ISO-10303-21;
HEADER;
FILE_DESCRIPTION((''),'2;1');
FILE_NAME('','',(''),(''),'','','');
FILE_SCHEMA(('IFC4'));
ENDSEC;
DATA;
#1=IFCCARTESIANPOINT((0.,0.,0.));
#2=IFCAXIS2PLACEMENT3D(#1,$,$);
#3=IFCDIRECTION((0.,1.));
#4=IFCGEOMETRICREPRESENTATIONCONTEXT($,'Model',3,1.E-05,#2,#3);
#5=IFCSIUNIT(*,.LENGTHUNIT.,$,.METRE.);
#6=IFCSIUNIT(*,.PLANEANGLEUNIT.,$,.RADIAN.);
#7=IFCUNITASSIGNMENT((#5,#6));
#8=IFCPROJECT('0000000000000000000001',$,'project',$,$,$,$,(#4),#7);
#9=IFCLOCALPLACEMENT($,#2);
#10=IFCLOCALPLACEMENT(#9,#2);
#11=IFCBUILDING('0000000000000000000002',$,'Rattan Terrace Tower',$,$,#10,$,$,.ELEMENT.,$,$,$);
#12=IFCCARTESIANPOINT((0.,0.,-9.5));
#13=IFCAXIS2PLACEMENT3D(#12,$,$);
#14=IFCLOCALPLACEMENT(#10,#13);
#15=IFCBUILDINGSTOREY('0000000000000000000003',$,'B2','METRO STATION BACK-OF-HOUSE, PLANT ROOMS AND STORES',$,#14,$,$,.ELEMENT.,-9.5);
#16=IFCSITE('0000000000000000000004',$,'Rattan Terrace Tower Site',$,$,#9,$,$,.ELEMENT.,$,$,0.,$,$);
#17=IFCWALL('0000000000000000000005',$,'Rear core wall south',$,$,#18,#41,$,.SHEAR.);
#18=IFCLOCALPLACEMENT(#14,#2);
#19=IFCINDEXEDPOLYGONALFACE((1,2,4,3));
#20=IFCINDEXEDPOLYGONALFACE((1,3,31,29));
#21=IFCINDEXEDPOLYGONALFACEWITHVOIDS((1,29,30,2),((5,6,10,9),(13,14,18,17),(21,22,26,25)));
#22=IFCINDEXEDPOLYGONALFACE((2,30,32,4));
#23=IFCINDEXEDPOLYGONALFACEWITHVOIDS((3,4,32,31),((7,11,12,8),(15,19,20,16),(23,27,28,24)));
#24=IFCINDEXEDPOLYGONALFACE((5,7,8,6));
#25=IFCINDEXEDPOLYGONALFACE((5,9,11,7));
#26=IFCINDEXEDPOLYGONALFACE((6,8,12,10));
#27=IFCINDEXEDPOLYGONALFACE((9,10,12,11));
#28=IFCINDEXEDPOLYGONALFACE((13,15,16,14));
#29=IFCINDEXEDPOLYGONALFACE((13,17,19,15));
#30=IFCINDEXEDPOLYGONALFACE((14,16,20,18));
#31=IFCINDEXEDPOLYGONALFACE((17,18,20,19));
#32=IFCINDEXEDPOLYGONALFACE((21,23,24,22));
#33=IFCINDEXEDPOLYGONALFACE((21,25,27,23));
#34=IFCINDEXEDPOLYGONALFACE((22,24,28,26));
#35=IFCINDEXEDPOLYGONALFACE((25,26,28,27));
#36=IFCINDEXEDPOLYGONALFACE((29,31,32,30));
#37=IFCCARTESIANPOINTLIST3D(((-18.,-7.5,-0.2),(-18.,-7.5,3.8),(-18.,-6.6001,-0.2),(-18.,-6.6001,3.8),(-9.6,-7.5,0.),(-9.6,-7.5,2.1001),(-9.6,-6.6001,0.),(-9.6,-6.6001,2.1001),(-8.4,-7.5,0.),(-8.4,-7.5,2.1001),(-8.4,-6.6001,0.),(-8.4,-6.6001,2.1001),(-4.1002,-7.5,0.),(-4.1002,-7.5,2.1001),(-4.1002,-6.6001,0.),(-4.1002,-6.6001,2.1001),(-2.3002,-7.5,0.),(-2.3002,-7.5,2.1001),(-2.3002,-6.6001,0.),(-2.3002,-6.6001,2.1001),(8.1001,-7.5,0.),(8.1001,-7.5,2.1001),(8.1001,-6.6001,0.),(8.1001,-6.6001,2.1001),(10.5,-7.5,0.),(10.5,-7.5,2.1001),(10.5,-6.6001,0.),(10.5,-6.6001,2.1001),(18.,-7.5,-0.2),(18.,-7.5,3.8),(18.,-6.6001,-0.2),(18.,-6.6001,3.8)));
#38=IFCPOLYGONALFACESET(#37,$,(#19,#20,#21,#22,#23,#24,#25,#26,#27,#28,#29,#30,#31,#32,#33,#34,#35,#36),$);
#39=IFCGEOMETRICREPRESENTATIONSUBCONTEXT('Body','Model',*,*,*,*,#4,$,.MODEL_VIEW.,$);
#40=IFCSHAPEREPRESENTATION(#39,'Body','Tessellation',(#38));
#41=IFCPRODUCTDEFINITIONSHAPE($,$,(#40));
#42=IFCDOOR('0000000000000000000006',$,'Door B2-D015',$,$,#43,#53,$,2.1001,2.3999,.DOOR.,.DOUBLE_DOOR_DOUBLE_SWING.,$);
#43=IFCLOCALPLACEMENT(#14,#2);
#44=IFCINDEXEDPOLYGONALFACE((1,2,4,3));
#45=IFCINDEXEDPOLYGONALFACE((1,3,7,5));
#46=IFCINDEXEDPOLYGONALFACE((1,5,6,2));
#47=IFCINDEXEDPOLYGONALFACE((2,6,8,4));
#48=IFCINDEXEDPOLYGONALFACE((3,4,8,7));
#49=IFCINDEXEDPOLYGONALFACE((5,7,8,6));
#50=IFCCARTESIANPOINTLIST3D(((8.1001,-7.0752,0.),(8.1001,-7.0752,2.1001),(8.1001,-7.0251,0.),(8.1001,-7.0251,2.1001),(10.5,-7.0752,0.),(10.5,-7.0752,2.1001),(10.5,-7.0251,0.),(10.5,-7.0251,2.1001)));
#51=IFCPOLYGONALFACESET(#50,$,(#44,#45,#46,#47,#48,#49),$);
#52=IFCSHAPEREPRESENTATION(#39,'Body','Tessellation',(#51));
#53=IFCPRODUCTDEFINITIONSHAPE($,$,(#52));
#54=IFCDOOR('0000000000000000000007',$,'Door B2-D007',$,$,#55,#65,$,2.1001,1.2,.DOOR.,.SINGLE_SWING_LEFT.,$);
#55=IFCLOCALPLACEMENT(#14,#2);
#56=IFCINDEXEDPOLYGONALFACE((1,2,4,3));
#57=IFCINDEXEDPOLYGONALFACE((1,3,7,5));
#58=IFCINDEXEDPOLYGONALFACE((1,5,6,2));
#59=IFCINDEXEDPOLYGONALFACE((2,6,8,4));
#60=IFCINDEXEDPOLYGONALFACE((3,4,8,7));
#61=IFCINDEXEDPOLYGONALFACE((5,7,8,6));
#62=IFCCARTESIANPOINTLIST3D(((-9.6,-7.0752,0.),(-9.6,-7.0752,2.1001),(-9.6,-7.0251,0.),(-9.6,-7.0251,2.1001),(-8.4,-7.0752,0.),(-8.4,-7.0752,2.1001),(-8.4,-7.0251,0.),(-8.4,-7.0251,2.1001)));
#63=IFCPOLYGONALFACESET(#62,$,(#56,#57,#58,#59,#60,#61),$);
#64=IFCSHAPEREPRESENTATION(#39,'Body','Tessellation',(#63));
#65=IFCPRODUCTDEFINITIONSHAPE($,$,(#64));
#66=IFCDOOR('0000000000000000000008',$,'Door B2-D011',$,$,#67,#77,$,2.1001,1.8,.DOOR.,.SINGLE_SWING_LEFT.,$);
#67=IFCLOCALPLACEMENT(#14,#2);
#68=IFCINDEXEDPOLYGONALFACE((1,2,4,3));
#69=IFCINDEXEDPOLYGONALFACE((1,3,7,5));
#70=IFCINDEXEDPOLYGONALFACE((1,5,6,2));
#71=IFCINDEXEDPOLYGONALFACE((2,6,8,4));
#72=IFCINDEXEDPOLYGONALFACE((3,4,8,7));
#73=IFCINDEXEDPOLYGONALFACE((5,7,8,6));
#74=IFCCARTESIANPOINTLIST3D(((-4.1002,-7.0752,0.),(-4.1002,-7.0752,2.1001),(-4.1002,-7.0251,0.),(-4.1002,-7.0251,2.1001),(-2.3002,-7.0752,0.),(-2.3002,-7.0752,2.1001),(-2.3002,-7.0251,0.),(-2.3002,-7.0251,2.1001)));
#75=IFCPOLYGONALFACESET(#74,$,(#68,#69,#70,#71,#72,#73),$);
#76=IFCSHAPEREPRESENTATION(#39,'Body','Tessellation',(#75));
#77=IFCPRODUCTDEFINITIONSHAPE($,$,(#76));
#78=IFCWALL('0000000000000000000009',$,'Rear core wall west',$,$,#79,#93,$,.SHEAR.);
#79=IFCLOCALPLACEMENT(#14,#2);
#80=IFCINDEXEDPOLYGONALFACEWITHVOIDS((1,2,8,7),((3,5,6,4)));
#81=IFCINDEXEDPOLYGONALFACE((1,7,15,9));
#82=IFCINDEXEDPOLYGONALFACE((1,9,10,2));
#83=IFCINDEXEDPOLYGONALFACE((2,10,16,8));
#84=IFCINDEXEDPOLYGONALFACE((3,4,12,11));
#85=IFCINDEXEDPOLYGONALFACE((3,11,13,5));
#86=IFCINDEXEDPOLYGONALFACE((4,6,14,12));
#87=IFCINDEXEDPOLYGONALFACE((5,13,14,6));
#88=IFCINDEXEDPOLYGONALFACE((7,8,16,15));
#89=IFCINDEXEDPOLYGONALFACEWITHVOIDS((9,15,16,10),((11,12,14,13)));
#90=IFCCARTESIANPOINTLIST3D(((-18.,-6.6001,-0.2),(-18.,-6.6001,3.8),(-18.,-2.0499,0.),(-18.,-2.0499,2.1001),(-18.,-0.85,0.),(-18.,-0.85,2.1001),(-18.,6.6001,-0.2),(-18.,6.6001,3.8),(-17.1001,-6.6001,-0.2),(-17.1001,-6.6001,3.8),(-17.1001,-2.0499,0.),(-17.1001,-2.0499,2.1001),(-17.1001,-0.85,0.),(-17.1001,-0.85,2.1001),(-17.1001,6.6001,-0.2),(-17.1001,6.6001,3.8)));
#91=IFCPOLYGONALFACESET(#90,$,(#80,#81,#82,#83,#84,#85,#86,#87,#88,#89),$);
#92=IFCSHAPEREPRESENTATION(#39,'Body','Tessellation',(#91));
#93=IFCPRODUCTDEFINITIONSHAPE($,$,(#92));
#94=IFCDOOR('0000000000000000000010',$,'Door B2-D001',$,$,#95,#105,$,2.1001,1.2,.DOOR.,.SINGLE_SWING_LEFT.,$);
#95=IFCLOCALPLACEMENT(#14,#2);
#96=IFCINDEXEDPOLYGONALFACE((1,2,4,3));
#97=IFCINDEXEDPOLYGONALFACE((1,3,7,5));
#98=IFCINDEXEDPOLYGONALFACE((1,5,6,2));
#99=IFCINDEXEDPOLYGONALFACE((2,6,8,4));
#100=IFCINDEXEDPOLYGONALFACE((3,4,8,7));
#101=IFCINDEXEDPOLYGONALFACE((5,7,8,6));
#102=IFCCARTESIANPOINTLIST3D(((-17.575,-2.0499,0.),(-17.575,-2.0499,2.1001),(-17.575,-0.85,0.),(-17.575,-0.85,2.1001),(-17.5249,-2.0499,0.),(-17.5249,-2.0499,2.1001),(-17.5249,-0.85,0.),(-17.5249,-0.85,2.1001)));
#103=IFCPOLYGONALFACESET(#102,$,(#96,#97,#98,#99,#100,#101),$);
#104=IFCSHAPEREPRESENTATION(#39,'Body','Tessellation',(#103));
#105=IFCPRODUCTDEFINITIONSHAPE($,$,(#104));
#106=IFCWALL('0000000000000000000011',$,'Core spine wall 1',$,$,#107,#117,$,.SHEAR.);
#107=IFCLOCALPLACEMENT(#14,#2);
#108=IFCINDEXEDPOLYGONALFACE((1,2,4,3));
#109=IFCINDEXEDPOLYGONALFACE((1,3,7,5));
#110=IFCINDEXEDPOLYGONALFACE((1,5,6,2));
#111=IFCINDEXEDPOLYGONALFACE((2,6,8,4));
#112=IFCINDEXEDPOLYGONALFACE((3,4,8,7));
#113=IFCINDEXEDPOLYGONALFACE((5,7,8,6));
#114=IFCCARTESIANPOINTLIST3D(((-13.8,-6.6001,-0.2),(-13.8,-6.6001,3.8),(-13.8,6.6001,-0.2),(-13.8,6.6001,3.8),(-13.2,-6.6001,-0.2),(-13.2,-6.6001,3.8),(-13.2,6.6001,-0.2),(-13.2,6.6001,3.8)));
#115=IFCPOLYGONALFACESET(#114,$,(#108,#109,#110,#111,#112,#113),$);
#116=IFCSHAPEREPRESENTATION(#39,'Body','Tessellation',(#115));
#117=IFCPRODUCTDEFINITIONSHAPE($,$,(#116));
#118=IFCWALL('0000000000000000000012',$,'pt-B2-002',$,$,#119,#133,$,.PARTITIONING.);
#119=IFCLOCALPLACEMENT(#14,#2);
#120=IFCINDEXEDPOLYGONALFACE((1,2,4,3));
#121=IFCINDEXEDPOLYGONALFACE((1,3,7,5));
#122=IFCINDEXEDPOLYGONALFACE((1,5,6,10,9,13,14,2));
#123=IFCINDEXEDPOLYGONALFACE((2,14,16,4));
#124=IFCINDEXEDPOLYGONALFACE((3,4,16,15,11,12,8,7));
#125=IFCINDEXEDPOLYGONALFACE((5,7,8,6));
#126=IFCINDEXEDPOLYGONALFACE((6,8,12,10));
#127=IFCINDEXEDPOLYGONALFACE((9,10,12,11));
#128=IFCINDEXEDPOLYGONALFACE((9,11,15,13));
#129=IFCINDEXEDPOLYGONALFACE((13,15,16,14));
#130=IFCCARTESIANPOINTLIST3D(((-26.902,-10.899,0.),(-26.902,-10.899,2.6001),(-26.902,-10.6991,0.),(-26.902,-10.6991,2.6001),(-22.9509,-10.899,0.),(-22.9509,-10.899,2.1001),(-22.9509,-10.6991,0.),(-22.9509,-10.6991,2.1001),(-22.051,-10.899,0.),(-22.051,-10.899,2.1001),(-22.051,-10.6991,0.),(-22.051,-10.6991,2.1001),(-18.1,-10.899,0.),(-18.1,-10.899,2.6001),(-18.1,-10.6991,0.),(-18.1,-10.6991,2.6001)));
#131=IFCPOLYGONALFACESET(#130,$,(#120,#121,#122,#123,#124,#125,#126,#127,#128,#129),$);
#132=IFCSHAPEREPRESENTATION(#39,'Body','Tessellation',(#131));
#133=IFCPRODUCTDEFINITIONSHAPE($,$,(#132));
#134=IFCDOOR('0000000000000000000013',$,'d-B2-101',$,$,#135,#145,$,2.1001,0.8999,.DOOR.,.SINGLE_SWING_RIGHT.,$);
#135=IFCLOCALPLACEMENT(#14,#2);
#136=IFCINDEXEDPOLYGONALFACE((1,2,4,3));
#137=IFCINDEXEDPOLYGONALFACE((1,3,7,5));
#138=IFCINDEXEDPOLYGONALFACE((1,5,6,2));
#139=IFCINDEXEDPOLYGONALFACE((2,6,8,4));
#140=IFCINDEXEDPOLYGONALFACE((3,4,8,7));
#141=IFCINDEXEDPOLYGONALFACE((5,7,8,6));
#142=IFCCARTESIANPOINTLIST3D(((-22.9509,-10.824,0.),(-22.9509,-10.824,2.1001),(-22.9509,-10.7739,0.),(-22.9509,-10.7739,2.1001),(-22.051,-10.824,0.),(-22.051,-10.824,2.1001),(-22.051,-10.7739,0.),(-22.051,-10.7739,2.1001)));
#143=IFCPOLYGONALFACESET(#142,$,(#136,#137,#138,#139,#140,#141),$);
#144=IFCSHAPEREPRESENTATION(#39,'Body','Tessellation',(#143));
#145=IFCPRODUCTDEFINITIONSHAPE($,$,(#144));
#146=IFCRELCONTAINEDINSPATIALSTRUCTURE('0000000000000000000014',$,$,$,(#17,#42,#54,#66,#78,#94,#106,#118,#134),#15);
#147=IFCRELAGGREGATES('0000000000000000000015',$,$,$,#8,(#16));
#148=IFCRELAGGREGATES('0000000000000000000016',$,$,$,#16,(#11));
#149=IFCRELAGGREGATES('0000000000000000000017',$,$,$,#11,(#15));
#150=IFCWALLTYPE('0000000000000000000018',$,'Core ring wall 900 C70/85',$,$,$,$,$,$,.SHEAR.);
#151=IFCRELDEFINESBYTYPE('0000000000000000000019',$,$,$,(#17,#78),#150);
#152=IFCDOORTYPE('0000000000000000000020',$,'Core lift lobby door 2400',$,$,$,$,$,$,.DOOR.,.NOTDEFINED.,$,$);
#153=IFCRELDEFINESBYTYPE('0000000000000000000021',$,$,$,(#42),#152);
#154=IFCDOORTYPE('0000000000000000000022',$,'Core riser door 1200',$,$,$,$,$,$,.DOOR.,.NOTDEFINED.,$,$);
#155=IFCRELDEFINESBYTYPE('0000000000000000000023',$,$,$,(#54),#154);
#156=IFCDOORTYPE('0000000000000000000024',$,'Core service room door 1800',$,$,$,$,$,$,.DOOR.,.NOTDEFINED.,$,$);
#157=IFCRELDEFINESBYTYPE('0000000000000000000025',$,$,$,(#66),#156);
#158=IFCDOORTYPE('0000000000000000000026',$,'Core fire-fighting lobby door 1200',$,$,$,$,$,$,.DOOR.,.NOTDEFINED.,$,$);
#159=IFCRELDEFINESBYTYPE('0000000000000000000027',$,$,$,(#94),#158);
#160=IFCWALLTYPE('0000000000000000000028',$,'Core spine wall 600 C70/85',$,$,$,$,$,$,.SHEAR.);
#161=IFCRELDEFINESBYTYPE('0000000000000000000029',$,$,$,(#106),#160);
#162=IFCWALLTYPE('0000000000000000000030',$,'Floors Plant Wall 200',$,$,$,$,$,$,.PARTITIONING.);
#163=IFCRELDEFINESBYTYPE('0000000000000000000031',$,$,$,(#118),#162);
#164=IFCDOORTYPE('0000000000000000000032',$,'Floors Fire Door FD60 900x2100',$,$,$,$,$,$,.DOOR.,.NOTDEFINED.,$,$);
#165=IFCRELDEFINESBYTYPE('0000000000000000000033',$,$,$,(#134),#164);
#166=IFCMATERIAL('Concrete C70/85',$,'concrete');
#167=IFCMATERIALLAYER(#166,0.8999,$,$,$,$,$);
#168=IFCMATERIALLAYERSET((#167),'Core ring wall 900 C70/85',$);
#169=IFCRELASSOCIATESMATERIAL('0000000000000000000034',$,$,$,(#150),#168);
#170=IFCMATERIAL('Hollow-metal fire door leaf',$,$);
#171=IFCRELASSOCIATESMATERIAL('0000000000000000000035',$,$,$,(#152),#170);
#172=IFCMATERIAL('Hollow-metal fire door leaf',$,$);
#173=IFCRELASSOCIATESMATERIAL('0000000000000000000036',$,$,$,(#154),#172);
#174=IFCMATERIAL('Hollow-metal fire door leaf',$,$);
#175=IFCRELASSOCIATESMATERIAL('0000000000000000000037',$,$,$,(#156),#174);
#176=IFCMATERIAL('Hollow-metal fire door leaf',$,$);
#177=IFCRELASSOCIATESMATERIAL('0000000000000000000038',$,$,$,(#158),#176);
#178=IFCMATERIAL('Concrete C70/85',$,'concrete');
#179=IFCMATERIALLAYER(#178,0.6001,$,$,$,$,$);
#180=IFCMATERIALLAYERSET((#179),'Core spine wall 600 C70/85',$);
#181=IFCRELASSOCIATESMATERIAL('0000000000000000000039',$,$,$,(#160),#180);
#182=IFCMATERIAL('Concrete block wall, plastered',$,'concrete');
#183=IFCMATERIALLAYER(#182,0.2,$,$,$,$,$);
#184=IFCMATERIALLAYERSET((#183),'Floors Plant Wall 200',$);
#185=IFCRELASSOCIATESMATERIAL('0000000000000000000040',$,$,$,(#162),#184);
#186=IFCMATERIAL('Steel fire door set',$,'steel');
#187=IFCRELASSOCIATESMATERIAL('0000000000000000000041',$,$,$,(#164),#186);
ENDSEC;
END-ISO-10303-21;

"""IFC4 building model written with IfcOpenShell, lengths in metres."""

from ifc_helpers import new_model, si_unit, direction, frame, frame_2d, origin, place, context, subcontext, project, spatial, rectangle, extrude, material, layer, layer_set, type_object, element, fill, save


model = new_model("IFC4")

# Units and contexts
model_context = context("Model", 3, precision=1e-05, world=origin(), true_north=direction((0.0, 1.0)))
body_context = subcontext(model_context, "Body", "Model", "MODEL_VIEW")
ifc_project = project(units=[si_unit("LENGTHUNIT", "METRE"), si_unit("PLANEANGLEUNIT", "RADIAN")], contexts=[model_context])

# Site, building, storey
site_placement = place(None, origin())
site = spatial("IfcSite", under=ifc_project, at=site_placement, Name="Rattan Terrace Tower Site", CompositionType="ELEMENT", RefElevation=0.0)
building_placement = place(site_placement, origin())
building = spatial("IfcBuilding", under=site, at=building_placement, Name="Rattan Terrace Tower", CompositionType="ELEMENT")
storey_placement = place(building_placement, frame((0.0, 0.0, -9.5)))
storey = spatial("IfcBuildingStorey", under=building, at=storey_placement, Name="B2", Description="METRO STATION BACK-OF-HOUSE, PLANT ROOMS AND STORES", CompositionType="ELEMENT", Elevation=-9.5)

# Wall, openings, doors
ifc_material_1 = material(Name="Concrete C70/85", Category="concrete")
ifc_layer_1 = layer(ifc_material_1, 0.8999)
ifc_layer_set_1 = layer_set([ifc_layer_1], Name="Core ring wall 900 C70/85")
wall_type_1 = type_object("IfcWallType", Name="Core ring wall 900 C70/85", PredefinedType="SHEAR", material=ifc_layer_set_1)
wall_1_placement = place(storey_placement, frame((-18.0, -7.05, -0.2), z_axis=(0.0, 0.0, 1.0), x_axis=(1.0, 0.0, 0.0)))
wall_1 = element("IfcWall", 1, at=wall_1_placement, inside=storey, type_object=wall_type_1, Name="Rear core wall south", PredefinedType="SHEAR", context=body_context, shape_type="SweptSolid", body=[
    extrude(rectangle(XDim=36.0, YDim=0.8999, at=frame_2d((18.0, 0.0))), origin(), (0.0, 0.0, 1.0), 4.0),
])
opening_1_placement = place(wall_1_placement, frame((8.3999, 0.0, 0.2)))
opening_1 = element("IfcOpeningElement", 2, at=opening_1_placement, cuts=wall_1, PredefinedType="OPENING", context=body_context, shape_type="SweptSolid", body=[
    extrude(rectangle(XDim=1.2, YDim=2.1001, at=frame_2d((0.6001, 1.05))), frame((0.0, 0.4604, 0.0), z_axis=(0.0, -1.0, 0.0), x_axis=(1.0, 0.0, 0.0)), (0.0, 0.0, 1.0), 0.9209),
])
opening_2_placement = place(wall_1_placement, frame((13.8999, 0.0, 0.2)))
opening_2 = element("IfcOpeningElement", 3, at=opening_2_placement, cuts=wall_1, PredefinedType="OPENING", context=body_context, shape_type="SweptSolid", body=[
    extrude(rectangle(XDim=1.8, YDim=2.1001, at=frame_2d((0.8999, 1.05))), frame((0.0, 0.4604, 0.0), z_axis=(0.0, -1.0, 0.0), x_axis=(1.0, 0.0, 0.0)), (0.0, 0.0, 1.0), 0.9209),
])
opening_3_placement = place(wall_1_placement, frame((26.1001, 0.0, 0.2)))
opening_3 = element("IfcOpeningElement", 4, at=opening_3_placement, cuts=wall_1, PredefinedType="OPENING", context=body_context, shape_type="SweptSolid", body=[
    extrude(rectangle(XDim=2.3999, YDim=2.1001, at=frame_2d((1.2, 1.05))), frame((0.0, 0.4604, 0.0), z_axis=(0.0, -1.0, 0.0), x_axis=(1.0, 0.0, 0.0)), (0.0, 0.0, 1.0), 0.9209),
])
ifc_material_2 = material(Name="Hollow-metal fire door leaf")
door_type_1 = type_object("IfcDoorType", Name="Core lift lobby door 2400", OperationType="NOTDEFINED", PredefinedType="DOOR", material=ifc_material_2)
door_1_placement = place(opening_3_placement, origin())
door_1 = element("IfcDoor", 5, at=door_1_placement, inside=storey, type_object=door_type_1, Name="Door B2-D015", OperationType="DOUBLE_DOOR_DOUBLE_SWING", OverallHeight=2.1001, OverallWidth=2.3999, PredefinedType="DOOR", context=body_context, shape_type="SweptSolid", body=[
    extrude(rectangle(XDim=2.3999, YDim=2.1001, at=frame_2d((1.2, 1.05))), frame((0.0, 0.0249, 0.0), z_axis=(0.0, -1.0, 0.0), x_axis=(1.0, 0.0, 0.0)), (0.0, 0.0, 1.0), 0.05),
])
fill(opening_3, door_1)
ifc_material_3 = material(Name="Hollow-metal fire door leaf")
door_type_2 = type_object("IfcDoorType", Name="Core riser door 1200", OperationType="NOTDEFINED", PredefinedType="DOOR", material=ifc_material_3)
door_2_placement = place(opening_1_placement, origin())
door_2 = element("IfcDoor", 6, at=door_2_placement, inside=storey, type_object=door_type_2, Name="Door B2-D007", OperationType="SINGLE_SWING_LEFT", OverallHeight=2.1001, OverallWidth=1.2, PredefinedType="DOOR", context=body_context, shape_type="SweptSolid", body=[
    extrude(rectangle(XDim=1.2, YDim=2.1001, at=frame_2d((0.6001, 1.05))), frame((0.0, 0.0249, 0.0), z_axis=(0.0, -1.0, 0.0), x_axis=(1.0, 0.0, 0.0)), (0.0, 0.0, 1.0), 0.05),
])
fill(opening_1, door_2)
ifc_material_4 = material(Name="Hollow-metal fire door leaf")
door_type_3 = type_object("IfcDoorType", Name="Core service room door 1800", OperationType="NOTDEFINED", PredefinedType="DOOR", material=ifc_material_4)
door_3_placement = place(opening_2_placement, origin())
door_3 = element("IfcDoor", 7, at=door_3_placement, inside=storey, type_object=door_type_3, Name="Door B2-D011", OperationType="SINGLE_SWING_LEFT", OverallHeight=2.1001, OverallWidth=1.8, PredefinedType="DOOR", context=body_context, shape_type="SweptSolid", body=[
    extrude(rectangle(XDim=1.8, YDim=2.1001, at=frame_2d((0.8999, 1.05))), frame((0.0, 0.0249, 0.0), z_axis=(0.0, -1.0, 0.0), x_axis=(1.0, 0.0, 0.0)), (0.0, 0.0, 1.0), 0.05),
])
fill(opening_2, door_3)

# Wall, opening, door
wall_2_placement = place(storey_placement, frame((-17.55, -6.6001, -0.2), z_axis=(0.0, 0.0, 1.0), x_axis=(0.0, 1.0, 0.0)))
wall_2 = element("IfcWall", 8, at=wall_2_placement, inside=storey, type_object=wall_type_1, Name="Rear core wall west", PredefinedType="SHEAR", context=body_context, shape_type="SweptSolid", body=[
    extrude(rectangle(XDim=13.2002, YDim=0.8999, at=frame_2d((6.6001, 0.0))), origin(), (0.0, 0.0, 1.0), 4.0),
])
opening_4_placement = place(wall_2_placement, frame((4.55, 0.0, 0.2)))
opening_4 = element("IfcOpeningElement", 9, at=opening_4_placement, cuts=wall_2, PredefinedType="OPENING", context=body_context, shape_type="SweptSolid", body=[
    extrude(rectangle(XDim=1.2, YDim=2.1001, at=frame_2d((0.6001, 1.05))), frame((0.0, 0.4604, 0.0), z_axis=(0.0, -1.0, 0.0), x_axis=(1.0, 0.0, 0.0)), (0.0, 0.0, 1.0), 0.9209),
])
ifc_material_5 = material(Name="Hollow-metal fire door leaf")
door_type_4 = type_object("IfcDoorType", Name="Core fire-fighting lobby door 1200", OperationType="NOTDEFINED", PredefinedType="DOOR", material=ifc_material_5)
door_4_placement = place(opening_4_placement, origin())
door_4 = element("IfcDoor", 10, at=door_4_placement, inside=storey, type_object=door_type_4, Name="Door B2-D001", OperationType="SINGLE_SWING_LEFT", OverallHeight=2.1001, OverallWidth=1.2, PredefinedType="DOOR", context=body_context, shape_type="SweptSolid", body=[
    extrude(rectangle(XDim=1.2, YDim=2.1001, at=frame_2d((0.6001, 1.05))), frame((0.0, 0.0249, 0.0), z_axis=(0.0, -1.0, 0.0), x_axis=(1.0, 0.0, 0.0)), (0.0, 0.0, 1.0), 0.05),
])
fill(opening_4, door_4)

# Wall
ifc_material_6 = material(Name="Concrete C70/85", Category="concrete")
ifc_layer_2 = layer(ifc_material_6, 0.6001)
ifc_layer_set_2 = layer_set([ifc_layer_2], Name="Core spine wall 600 C70/85")
wall_type_2 = type_object("IfcWallType", Name="Core spine wall 600 C70/85", PredefinedType="SHEAR", material=ifc_layer_set_2)
wall_3_placement = place(storey_placement, frame((-13.5, -6.6001, -0.2), z_axis=(0.0, 0.0, 1.0), x_axis=(0.0, 1.0, 0.0)))
element("IfcWall", 11, at=wall_3_placement, inside=storey, type_object=wall_type_2, Name="Core spine wall 1", PredefinedType="SHEAR", context=body_context, shape_type="SweptSolid", body=[
    extrude(rectangle(XDim=13.2002, YDim=0.6001, at=frame_2d((6.6001, 0.0))), origin(), (0.0, 0.0, 1.0), 4.0),
])

# Wall, opening, door
ifc_material_7 = material(Name="Concrete block wall, plastered", Category="concrete")
ifc_layer_3 = layer(ifc_material_7, 0.2)
ifc_layer_set_3 = layer_set([ifc_layer_3], Name="Floors Plant Wall 200")
wall_type_3 = type_object("IfcWallType", Name="Floors Plant Wall 200", PredefinedType="PARTITIONING", material=ifc_layer_set_3)
wall_4_placement = place(storey_placement, frame((-18.1001, -10.7991, 0.0), z_axis=(0.0, 0.0, 1.0), x_axis=(-1.0, 0.0, 0.0)))
wall_4 = element("IfcWall", 12, at=wall_4_placement, inside=storey, type_object=wall_type_3, Name="pt-B2-002", PredefinedType="PARTITIONING", context=body_context, shape_type="SweptSolid", body=[
    extrude(rectangle(XDim=8.802, YDim=0.2, at=frame_2d((4.4009, 0.0))), origin(), (0.0, 0.0, 1.0), 2.6001),
])
opening_5_placement = place(wall_4_placement, frame((3.9509, 0.0, 0.0)))
opening_5 = element("IfcOpeningElement", 13, at=opening_5_placement, cuts=wall_4, PredefinedType="OPENING", context=body_context, shape_type="SweptSolid", body=[
    extrude(rectangle(XDim=0.8999, YDim=2.1001, at=frame_2d((0.45, 1.05))), frame((0.0, 0.1106, 0.0), z_axis=(0.0, -1.0, 0.0), x_axis=(1.0, 0.0, 0.0)), (0.0, 0.0, 1.0), 0.2209),
])
ifc_material_8 = material(Name="Steel fire door set", Category="steel")
door_type_5 = type_object("IfcDoorType", Name="Floors Fire Door FD60 900x2100", OperationType="NOTDEFINED", PredefinedType="DOOR", material=ifc_material_8)
door_5_placement = place(opening_5_placement, origin())
door_5 = element("IfcDoor", 14, at=door_5_placement, inside=storey, type_object=door_type_5, Name="d-B2-101", OperationType="SINGLE_SWING_RIGHT", OverallHeight=2.1001, OverallWidth=0.8999, PredefinedType="DOOR", context=body_context, shape_type="SweptSolid", body=[
    extrude(rectangle(XDim=0.8999, YDim=2.1001, at=frame_2d((0.45, 1.05))), frame((0.0, 0.0249, 0.0), z_axis=(0.0, -1.0, 0.0), x_axis=(1.0, 0.0, 0.0)), (0.0, 0.0, 1.0), 0.05),
])
fill(opening_5, door_5)

save(model, "model.ifc")
